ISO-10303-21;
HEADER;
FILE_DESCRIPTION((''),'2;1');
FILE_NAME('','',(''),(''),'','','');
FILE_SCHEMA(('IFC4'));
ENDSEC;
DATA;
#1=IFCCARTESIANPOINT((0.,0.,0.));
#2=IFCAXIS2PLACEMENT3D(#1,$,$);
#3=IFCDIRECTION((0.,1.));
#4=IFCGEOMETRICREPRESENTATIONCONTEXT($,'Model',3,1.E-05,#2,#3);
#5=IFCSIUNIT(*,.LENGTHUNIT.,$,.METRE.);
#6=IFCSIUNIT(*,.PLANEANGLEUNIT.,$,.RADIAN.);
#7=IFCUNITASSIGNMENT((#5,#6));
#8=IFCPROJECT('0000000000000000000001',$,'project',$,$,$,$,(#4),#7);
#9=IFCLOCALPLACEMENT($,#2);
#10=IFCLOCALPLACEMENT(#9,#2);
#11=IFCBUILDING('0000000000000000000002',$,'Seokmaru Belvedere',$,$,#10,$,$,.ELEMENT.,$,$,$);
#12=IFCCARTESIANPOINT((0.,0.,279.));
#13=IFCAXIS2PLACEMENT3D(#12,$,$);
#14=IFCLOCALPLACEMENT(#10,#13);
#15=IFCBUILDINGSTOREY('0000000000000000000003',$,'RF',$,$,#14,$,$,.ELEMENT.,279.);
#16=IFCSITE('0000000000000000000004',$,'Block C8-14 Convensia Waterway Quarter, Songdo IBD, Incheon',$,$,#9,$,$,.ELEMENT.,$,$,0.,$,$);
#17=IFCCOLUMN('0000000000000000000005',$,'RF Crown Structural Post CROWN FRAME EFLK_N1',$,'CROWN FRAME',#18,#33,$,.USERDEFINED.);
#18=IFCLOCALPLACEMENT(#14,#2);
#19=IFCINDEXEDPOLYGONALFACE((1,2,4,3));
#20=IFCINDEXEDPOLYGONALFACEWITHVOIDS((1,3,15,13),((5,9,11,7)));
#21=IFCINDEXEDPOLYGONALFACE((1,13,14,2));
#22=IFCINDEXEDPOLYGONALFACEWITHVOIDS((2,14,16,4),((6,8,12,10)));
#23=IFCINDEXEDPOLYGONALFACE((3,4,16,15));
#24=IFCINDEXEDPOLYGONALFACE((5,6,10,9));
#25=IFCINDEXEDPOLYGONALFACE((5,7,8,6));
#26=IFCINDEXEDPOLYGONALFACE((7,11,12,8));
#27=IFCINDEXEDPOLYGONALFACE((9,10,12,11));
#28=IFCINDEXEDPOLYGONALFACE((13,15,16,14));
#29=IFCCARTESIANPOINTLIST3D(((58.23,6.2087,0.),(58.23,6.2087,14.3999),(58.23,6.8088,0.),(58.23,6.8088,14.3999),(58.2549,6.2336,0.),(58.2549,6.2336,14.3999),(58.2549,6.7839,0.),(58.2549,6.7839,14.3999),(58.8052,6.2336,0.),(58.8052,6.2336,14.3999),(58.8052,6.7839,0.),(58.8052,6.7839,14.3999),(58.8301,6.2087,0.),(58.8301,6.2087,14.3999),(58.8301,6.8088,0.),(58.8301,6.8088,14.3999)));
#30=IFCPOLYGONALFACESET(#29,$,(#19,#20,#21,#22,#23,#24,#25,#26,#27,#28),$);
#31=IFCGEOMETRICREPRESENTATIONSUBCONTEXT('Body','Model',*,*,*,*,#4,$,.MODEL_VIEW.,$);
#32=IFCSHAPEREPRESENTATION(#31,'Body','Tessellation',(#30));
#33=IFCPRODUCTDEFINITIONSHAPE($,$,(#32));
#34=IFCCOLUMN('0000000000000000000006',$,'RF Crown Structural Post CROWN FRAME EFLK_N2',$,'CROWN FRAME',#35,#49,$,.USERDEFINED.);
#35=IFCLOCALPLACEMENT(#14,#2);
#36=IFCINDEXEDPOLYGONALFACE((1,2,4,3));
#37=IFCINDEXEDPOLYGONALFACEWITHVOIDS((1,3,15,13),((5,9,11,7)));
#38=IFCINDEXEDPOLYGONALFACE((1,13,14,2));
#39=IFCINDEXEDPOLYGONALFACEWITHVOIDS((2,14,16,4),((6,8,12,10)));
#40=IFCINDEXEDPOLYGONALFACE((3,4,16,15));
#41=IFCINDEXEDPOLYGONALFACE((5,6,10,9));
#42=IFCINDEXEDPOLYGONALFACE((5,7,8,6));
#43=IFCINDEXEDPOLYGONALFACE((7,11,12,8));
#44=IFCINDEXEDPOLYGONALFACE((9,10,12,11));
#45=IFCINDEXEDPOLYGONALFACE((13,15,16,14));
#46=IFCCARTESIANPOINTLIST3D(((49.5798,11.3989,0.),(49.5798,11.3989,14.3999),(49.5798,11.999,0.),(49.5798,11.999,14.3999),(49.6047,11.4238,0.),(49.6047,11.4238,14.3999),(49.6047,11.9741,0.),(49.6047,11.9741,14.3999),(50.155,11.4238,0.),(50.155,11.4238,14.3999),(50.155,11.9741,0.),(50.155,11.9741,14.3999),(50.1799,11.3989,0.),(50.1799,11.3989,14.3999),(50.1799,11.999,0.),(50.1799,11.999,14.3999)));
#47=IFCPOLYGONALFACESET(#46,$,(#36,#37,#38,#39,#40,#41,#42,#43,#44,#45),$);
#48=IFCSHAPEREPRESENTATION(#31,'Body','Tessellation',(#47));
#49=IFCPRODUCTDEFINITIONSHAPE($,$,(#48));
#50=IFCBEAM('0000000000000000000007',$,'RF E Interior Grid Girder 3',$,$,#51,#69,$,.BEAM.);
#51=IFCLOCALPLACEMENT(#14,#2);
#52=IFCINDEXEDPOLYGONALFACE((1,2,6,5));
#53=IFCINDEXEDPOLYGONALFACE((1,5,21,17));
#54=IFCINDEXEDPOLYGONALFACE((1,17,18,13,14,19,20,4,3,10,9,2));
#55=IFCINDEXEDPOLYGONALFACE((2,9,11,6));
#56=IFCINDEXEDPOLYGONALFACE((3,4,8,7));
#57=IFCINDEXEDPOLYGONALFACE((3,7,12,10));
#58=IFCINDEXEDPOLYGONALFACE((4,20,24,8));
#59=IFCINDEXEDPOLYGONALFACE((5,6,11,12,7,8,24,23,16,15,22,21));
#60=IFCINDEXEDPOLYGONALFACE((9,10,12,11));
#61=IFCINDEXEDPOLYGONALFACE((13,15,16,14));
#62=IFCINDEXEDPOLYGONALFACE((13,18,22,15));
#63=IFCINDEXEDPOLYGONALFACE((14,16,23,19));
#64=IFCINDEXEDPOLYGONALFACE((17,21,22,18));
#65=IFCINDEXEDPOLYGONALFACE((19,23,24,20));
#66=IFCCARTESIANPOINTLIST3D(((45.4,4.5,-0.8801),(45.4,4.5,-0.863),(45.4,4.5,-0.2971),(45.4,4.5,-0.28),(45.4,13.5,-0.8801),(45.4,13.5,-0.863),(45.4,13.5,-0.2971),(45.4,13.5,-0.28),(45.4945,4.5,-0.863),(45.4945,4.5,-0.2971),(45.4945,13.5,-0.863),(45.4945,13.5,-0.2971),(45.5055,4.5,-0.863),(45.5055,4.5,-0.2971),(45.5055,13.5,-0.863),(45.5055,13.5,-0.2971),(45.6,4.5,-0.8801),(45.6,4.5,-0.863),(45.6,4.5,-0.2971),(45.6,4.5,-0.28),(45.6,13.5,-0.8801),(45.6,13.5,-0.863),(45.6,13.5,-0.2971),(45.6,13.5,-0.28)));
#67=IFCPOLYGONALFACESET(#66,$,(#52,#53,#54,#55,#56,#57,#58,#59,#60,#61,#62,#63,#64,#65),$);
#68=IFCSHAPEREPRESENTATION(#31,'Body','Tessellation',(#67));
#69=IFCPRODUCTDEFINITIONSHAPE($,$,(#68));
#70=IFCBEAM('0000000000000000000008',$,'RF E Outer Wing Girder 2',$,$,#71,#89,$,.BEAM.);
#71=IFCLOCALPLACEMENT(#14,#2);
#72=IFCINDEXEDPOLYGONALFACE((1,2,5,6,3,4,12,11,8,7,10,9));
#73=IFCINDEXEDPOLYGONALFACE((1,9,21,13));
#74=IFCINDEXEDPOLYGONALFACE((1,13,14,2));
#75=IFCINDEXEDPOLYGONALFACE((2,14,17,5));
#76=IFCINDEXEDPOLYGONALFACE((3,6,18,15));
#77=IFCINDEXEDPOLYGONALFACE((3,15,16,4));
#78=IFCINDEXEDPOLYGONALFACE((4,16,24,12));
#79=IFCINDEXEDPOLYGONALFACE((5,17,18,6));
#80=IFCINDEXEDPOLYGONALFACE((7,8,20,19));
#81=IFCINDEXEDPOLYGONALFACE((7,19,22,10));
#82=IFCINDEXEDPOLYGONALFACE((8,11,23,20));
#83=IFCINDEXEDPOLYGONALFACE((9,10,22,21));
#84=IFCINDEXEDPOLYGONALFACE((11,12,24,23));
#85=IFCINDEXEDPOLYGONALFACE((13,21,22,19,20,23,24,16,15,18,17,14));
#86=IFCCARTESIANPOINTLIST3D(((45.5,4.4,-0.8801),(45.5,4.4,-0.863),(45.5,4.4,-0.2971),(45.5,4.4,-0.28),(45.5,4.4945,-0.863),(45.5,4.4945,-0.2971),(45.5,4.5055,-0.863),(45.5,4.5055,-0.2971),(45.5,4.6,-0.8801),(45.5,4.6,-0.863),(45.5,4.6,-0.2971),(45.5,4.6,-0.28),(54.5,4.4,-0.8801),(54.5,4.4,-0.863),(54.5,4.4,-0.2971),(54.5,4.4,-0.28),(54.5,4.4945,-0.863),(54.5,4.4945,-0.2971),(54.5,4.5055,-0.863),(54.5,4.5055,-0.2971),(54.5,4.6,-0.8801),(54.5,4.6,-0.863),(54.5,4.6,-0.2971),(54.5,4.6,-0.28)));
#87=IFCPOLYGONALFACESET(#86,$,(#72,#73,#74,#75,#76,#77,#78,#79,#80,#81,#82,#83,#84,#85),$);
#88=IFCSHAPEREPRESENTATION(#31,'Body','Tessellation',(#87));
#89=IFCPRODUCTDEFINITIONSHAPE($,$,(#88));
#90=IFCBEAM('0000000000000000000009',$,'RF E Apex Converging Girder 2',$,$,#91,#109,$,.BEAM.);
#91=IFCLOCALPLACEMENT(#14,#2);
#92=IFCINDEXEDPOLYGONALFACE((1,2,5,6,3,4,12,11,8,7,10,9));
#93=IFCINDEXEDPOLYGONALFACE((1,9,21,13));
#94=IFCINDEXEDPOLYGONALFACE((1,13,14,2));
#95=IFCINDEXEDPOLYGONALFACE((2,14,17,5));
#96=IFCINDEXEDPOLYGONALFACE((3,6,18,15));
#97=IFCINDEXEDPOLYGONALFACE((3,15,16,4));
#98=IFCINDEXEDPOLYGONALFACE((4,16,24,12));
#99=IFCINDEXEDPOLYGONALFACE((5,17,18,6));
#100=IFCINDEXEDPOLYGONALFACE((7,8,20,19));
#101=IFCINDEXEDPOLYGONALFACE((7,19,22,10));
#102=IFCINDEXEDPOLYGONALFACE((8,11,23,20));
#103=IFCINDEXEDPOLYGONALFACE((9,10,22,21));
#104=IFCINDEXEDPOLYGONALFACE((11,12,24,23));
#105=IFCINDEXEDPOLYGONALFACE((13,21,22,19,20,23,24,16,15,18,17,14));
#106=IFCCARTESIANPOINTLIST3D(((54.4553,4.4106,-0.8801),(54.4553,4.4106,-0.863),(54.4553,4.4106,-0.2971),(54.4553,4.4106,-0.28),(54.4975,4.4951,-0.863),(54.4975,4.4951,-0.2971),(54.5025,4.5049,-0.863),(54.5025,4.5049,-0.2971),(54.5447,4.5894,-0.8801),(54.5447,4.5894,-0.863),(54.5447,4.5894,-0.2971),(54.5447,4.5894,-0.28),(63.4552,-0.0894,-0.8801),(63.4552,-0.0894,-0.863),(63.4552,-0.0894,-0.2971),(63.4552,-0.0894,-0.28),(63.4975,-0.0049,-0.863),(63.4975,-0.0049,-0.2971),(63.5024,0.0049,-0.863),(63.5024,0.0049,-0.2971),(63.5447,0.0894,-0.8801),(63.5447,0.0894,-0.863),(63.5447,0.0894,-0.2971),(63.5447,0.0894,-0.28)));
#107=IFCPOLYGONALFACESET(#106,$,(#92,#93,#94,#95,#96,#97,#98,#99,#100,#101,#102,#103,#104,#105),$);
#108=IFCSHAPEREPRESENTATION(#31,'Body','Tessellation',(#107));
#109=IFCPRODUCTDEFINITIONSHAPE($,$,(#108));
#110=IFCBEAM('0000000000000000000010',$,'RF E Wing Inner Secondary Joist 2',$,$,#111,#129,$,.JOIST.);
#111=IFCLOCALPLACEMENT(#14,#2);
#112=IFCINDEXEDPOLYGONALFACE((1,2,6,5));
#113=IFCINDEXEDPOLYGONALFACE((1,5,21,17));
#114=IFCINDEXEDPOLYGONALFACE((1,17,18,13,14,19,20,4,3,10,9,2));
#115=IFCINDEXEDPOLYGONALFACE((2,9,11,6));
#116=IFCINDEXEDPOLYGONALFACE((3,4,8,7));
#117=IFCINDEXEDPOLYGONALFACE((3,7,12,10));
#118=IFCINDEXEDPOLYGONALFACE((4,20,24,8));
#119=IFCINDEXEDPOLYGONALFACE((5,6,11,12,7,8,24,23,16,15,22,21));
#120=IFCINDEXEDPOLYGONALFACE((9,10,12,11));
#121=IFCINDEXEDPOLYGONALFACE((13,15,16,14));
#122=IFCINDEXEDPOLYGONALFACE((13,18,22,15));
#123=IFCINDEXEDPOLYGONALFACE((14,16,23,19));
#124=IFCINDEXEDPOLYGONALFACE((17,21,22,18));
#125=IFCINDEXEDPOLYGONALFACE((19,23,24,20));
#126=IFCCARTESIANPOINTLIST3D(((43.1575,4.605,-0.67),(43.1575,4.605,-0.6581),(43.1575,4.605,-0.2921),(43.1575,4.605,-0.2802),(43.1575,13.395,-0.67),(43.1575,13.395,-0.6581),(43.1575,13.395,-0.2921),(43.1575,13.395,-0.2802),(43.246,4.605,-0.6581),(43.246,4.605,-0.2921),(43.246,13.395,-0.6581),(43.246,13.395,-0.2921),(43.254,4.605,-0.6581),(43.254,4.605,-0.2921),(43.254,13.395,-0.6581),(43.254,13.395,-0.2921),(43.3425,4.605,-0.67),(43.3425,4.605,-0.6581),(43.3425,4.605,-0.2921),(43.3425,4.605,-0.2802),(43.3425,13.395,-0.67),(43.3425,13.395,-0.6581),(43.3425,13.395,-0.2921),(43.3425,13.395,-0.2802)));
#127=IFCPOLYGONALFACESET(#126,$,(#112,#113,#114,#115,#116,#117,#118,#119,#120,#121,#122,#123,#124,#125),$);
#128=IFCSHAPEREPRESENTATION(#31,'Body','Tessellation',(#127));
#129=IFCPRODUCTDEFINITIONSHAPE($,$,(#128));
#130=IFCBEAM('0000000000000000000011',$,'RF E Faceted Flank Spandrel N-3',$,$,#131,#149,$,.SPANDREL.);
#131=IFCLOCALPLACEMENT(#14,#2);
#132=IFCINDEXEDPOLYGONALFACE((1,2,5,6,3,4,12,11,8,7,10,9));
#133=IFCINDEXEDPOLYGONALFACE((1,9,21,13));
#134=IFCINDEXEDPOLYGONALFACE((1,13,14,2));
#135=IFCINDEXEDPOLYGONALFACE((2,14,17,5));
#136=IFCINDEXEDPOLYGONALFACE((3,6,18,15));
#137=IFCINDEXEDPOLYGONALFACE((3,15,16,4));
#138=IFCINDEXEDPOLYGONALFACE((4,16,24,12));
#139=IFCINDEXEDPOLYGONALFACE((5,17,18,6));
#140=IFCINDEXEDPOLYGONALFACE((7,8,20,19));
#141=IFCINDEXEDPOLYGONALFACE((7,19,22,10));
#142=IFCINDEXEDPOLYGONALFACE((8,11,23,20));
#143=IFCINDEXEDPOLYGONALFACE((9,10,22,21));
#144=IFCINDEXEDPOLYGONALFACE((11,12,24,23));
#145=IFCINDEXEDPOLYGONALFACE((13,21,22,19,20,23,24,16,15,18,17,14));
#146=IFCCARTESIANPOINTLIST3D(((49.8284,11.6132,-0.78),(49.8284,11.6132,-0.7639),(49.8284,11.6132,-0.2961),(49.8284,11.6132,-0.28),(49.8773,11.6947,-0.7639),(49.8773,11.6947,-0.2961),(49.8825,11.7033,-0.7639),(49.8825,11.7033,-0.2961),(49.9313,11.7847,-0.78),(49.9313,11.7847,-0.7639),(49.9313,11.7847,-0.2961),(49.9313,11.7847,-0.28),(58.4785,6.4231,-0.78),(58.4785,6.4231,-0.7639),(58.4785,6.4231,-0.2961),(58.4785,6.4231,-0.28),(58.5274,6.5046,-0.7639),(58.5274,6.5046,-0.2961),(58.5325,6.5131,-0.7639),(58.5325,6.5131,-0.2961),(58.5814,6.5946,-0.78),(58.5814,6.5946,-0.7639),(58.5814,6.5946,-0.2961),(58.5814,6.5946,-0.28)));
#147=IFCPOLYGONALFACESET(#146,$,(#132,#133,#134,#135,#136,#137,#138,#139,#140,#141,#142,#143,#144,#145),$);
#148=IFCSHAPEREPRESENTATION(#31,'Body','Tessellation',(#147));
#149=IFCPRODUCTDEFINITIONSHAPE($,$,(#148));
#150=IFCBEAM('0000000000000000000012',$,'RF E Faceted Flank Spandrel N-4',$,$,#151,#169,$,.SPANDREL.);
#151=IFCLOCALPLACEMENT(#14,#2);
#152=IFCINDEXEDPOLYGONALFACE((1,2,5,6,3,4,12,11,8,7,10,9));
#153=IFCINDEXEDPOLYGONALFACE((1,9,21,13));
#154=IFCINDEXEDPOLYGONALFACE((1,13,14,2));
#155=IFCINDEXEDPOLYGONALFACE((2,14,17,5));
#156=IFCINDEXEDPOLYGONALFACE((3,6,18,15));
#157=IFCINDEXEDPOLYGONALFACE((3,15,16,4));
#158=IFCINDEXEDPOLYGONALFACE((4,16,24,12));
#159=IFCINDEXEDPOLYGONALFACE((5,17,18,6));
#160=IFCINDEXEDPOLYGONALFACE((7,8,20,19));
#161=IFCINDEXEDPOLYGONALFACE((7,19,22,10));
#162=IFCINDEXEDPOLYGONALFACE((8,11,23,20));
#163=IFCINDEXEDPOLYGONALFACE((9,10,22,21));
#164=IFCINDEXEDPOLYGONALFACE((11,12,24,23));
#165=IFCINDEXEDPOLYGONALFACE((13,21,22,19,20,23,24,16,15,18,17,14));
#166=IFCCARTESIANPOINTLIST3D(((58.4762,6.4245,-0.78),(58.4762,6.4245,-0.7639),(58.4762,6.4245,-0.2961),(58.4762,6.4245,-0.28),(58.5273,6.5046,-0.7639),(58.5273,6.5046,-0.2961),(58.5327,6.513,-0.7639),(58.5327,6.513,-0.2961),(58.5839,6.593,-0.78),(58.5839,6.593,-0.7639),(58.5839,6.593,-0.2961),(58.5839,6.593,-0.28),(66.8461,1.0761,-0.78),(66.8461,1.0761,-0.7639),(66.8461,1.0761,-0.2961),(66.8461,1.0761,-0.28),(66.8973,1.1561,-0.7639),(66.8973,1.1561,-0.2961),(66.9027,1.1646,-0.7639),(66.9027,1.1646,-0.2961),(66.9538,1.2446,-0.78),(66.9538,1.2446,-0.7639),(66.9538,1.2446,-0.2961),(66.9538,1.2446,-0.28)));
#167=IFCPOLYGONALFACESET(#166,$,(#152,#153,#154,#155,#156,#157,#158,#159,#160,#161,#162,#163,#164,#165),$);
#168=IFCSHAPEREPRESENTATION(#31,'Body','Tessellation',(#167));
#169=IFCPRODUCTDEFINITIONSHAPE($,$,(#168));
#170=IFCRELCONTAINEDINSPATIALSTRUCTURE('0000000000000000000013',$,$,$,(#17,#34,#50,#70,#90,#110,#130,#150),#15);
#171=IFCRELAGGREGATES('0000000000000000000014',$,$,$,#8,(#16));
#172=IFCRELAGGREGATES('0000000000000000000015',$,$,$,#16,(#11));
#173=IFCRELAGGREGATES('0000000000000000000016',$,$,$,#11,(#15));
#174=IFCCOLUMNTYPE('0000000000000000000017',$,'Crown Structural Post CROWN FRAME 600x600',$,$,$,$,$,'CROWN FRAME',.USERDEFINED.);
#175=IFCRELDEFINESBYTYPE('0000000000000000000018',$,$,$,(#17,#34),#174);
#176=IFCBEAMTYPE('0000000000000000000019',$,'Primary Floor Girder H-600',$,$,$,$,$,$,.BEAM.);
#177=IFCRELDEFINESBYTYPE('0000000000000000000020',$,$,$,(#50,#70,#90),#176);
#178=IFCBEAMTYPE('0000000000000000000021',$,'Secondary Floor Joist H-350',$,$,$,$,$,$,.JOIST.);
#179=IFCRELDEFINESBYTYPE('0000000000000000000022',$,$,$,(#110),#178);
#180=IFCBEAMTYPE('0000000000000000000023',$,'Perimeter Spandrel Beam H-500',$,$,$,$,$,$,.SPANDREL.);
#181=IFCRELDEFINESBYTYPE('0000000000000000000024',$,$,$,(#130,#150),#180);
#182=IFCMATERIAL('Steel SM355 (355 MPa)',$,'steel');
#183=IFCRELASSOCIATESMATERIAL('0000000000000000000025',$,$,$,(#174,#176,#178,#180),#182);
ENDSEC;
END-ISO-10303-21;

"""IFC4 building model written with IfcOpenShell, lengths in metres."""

from ifc_helpers import new_model, si_unit, direction, frame, origin, origin_2d, place, context, subcontext, project, spatial, hollow_rectangle, i_section, extrude, source, transform, mapped, material, material_profile, profile_set, type_object, type_shapes, element, save


model = new_model("IFC4")

# Units and contexts
model_context = context("Model", 3, precision=1e-05, world=origin(), true_north=direction((0.0, 1.0)))
body_context = subcontext(model_context, "Body", "Model", "MODEL_VIEW")
ifc_project = project(units=[si_unit("LENGTHUNIT", "METRE"), si_unit("PLANEANGLEUNIT", "RADIAN")], contexts=[model_context])

# Site, building, storey
site_placement = place(None, origin())
site = spatial("IfcSite", under=ifc_project, at=site_placement, Name="Block C8-14 Convensia Waterway Quarter, Songdo IBD, Incheon", CompositionType="ELEMENT", RefElevation=0.0)
building_placement = place(site_placement, origin())
building = spatial("IfcBuilding", under=site, at=building_placement, Name="Seokmaru Belvedere", CompositionType="ELEMENT")
storey_placement = place(building_placement, frame((0.0, 0.0, 279.0)))
storey = spatial("IfcBuildingStorey", under=building, at=storey_placement, Name="RF", CompositionType="ELEMENT", Elevation=279.0)

# Columns
ifc_material_1 = material(Name="Steel SM355 (355 MPa)", Category="steel")
ifc_material_profile_1 = material_profile(ifc_material_1, hollow_rectangle(XDim=0.6001, YDim=0.6001, WallThickness=0.0249, at=origin_2d()), Name="HSS-600x600x25")
ifc_profile_set_1 = profile_set([ifc_material_profile_1], Name="Steel SM355 (355 MPa)")
column_type = type_object("IfcColumnType", Name="Crown Structural Post CROWN FRAME 600x600", ElementType="CROWN FRAME", PredefinedType="USERDEFINED", material=ifc_profile_set_1)
shared_shape_1 = source(origin(), body_context, "Body", "SweptSolid", [
    extrude(hollow_rectangle(XDim=0.6001, YDim=0.6001, WallThickness=0.0249, at=origin_2d()), origin(), (0.0, 0.0, 1.0), 14.3999),
])
type_shapes(column_type, [shared_shape_1])
for number, where, z_axis, x_axis, name in (
    (1, (58.53, 6.5088, 0.0), (0.0, 0.0, 1.0), (1.0, 0.0, 0.0), "RF Crown Structural Post CROWN FRAME EFLK_N1"),
    (2, (49.8799, 11.699, 0.0), (0.0, 0.0, 1.0), (1.0, 0.0, 0.0), "RF Crown Structural Post CROWN FRAME EFLK_N2"),
):
    element("IfcColumn", number, at=place(storey_placement, frame(where, z_axis=z_axis, x_axis=x_axis)), inside=storey, type_object=column_type, Name=name, ObjectType="CROWN FRAME", PredefinedType="USERDEFINED", context=body_context, shape_type="MappedRepresentation", body=[
        mapped(shared_shape_1, transform((0.0, 0.0, 0.0), scale=1.0)),
    ])

# Beams
ifc_material_profile_2 = material_profile(ifc_material_1, i_section(OverallWidth=0.2, OverallDepth=0.6001, WebThickness=0.011, FlangeThickness=0.0171, at=origin_2d()), Name="H-600x200x11x17")
ifc_profile_set_2 = profile_set([ifc_material_profile_2], Name="Steel SM355 (355 MPa)")
beam_type_1 = type_object("IfcBeamType", Name="Primary Floor Girder H-600", PredefinedType="BEAM", material=ifc_profile_set_2)
shared_shape_2 = source(origin(), body_context, "Body", "SweptSolid", [
    extrude(i_section(OverallWidth=0.2, OverallDepth=0.6001, WebThickness=0.011, FlangeThickness=0.0171, at=origin_2d()), origin(), (0.0, 0.0, 1.0), 9.0),
])
for number, where, z_axis, x_axis, name in (
    (3, (45.5, 4.5, -0.5801), (0.0, 1.0, 0.0), (-1.0, 0.0, 0.0), "RF E Interior Grid Girder 3"),
    (4, (45.5, 4.5, -0.5801), (1.0, 0.0, 0.0), (0.0, 1.0, 0.0), "RF E Outer Wing Girder 2"),
):
    element("IfcBeam", number, at=place(storey_placement, frame(where, z_axis=z_axis, x_axis=x_axis)), inside=storey, type_object=beam_type_1, Name=name, PredefinedType="BEAM", context=body_context, shape_type="MappedRepresentation", body=[
        mapped(shared_shape_2, transform((0.0, 0.0, 0.0), scale=1.0)),
    ])
shared_shape_3 = source(origin(), body_context, "Body", "SweptSolid", [
    extrude(i_section(OverallWidth=0.2, OverallDepth=0.6001, WebThickness=0.011, FlangeThickness=0.0171, at=origin_2d()), origin(), (0.0, 0.0, 1.0), 10.0623),
])
beam_1_placement = place(storey_placement, frame((54.5, 4.5, -0.5801), z_axis=(0.894427, -0.447214, 0.0), x_axis=(0.447214, 0.894427, 0.0)))
element("IfcBeam", 5, at=beam_1_placement, inside=storey, type_object=beam_type_1, Name="RF E Apex Converging Girder 2", PredefinedType="BEAM", context=body_context, shape_type="MappedRepresentation", body=[
    mapped(shared_shape_3, transform((0.0, 0.0, 0.0), scale=1.0)),
])
ifc_material_profile_3 = material_profile(ifc_material_1, i_section(OverallWidth=0.1851, OverallDepth=0.3899, WebThickness=0.0081, FlangeThickness=0.012, at=origin_2d()), Name="H-390x185x8x12")
ifc_profile_set_3 = profile_set([ifc_material_profile_3], Name="Steel SM355 (355 MPa)")
beam_type_2 = type_object("IfcBeamType", Name="Secondary Floor Joist H-350", PredefinedType="JOIST", material=ifc_profile_set_3)
shared_shape_4 = source(origin(), body_context, "Body", "SweptSolid", [
    extrude(i_section(OverallWidth=0.1851, OverallDepth=0.3899, WebThickness=0.0081, FlangeThickness=0.012, at=origin_2d()), origin(), (0.0, 0.0, 1.0), 8.79),
])
type_shapes(beam_type_2, [shared_shape_4])
beam_2_placement = place(storey_placement, frame((43.25, 4.605, -0.4751), z_axis=(0.0, 1.0, 0.0), x_axis=(-1.0, 0.0, 0.0)))
element("IfcBeam", 6, at=beam_2_placement, inside=storey, type_object=beam_type_2, Name="RF E Wing Inner Secondary Joist 2", PredefinedType="JOIST", context=body_context, shape_type="MappedRepresentation", body=[
    mapped(shared_shape_4, transform((0.0, 0.0, 0.0), scale=1.0)),
])
ifc_material_profile_4 = material_profile(ifc_material_1, i_section(OverallWidth=0.2, OverallDepth=0.5, WebThickness=0.01, FlangeThickness=0.0161, at=origin_2d()), Name="H-500x200x10x16")
ifc_profile_set_4 = profile_set([ifc_material_profile_4], Name="Steel SM355 (355 MPa)")
beam_type_3 = type_object("IfcBeamType", Name="Perimeter Spandrel Beam H-500", PredefinedType="SPANDREL", material=ifc_profile_set_4)
shared_shape_5 = source(origin(), body_context, "Body", "SweptSolid", [
    extrude(i_section(OverallWidth=0.2, OverallDepth=0.5, WebThickness=0.01, FlangeThickness=0.0161, at=origin_2d()), origin(), (0.0, 0.0, 1.0), 10.0876),
])
beam_3_placement = place(storey_placement, frame((49.8799, 11.699, -0.53), z_axis=(0.857489, -0.514503, 0.0), x_axis=(0.514503, 0.857489, 0.0)))
element("IfcBeam", 7, at=beam_3_placement, inside=storey, type_object=beam_type_3, Name="RF E Faceted Flank Spandrel N-3", PredefinedType="SPANDREL", context=body_context, shape_type="MappedRepresentation", body=[
    mapped(shared_shape_5, transform((0.0, 0.0, 0.0), scale=1.0)),
])
shared_shape_6 = source(origin(), body_context, "Body", "SweptSolid", [
    extrude(i_section(OverallWidth=0.2, OverallDepth=0.5, WebThickness=0.01, FlangeThickness=0.0161, at=origin_2d()), origin(), (0.0, 0.0, 1.0), 9.9329),
])
type_shapes(beam_type_3, [shared_shape_5, shared_shape_6])
beam_4_placement = place(storey_placement, frame((58.53, 6.5088, -0.53), z_axis=(0.842652, -0.538459, 0.0), x_axis=(0.538459, 0.842652, 0.0)))
element("IfcBeam", 8, at=beam_4_placement, inside=storey, type_object=beam_type_3, Name="RF E Faceted Flank Spandrel N-4", PredefinedType="SPANDREL", context=body_context, shape_type="MappedRepresentation", body=[
    mapped(shared_shape_6, transform((0.0, 0.0, 0.0), scale=1.0)),
])

save(model, "model.ifc")
